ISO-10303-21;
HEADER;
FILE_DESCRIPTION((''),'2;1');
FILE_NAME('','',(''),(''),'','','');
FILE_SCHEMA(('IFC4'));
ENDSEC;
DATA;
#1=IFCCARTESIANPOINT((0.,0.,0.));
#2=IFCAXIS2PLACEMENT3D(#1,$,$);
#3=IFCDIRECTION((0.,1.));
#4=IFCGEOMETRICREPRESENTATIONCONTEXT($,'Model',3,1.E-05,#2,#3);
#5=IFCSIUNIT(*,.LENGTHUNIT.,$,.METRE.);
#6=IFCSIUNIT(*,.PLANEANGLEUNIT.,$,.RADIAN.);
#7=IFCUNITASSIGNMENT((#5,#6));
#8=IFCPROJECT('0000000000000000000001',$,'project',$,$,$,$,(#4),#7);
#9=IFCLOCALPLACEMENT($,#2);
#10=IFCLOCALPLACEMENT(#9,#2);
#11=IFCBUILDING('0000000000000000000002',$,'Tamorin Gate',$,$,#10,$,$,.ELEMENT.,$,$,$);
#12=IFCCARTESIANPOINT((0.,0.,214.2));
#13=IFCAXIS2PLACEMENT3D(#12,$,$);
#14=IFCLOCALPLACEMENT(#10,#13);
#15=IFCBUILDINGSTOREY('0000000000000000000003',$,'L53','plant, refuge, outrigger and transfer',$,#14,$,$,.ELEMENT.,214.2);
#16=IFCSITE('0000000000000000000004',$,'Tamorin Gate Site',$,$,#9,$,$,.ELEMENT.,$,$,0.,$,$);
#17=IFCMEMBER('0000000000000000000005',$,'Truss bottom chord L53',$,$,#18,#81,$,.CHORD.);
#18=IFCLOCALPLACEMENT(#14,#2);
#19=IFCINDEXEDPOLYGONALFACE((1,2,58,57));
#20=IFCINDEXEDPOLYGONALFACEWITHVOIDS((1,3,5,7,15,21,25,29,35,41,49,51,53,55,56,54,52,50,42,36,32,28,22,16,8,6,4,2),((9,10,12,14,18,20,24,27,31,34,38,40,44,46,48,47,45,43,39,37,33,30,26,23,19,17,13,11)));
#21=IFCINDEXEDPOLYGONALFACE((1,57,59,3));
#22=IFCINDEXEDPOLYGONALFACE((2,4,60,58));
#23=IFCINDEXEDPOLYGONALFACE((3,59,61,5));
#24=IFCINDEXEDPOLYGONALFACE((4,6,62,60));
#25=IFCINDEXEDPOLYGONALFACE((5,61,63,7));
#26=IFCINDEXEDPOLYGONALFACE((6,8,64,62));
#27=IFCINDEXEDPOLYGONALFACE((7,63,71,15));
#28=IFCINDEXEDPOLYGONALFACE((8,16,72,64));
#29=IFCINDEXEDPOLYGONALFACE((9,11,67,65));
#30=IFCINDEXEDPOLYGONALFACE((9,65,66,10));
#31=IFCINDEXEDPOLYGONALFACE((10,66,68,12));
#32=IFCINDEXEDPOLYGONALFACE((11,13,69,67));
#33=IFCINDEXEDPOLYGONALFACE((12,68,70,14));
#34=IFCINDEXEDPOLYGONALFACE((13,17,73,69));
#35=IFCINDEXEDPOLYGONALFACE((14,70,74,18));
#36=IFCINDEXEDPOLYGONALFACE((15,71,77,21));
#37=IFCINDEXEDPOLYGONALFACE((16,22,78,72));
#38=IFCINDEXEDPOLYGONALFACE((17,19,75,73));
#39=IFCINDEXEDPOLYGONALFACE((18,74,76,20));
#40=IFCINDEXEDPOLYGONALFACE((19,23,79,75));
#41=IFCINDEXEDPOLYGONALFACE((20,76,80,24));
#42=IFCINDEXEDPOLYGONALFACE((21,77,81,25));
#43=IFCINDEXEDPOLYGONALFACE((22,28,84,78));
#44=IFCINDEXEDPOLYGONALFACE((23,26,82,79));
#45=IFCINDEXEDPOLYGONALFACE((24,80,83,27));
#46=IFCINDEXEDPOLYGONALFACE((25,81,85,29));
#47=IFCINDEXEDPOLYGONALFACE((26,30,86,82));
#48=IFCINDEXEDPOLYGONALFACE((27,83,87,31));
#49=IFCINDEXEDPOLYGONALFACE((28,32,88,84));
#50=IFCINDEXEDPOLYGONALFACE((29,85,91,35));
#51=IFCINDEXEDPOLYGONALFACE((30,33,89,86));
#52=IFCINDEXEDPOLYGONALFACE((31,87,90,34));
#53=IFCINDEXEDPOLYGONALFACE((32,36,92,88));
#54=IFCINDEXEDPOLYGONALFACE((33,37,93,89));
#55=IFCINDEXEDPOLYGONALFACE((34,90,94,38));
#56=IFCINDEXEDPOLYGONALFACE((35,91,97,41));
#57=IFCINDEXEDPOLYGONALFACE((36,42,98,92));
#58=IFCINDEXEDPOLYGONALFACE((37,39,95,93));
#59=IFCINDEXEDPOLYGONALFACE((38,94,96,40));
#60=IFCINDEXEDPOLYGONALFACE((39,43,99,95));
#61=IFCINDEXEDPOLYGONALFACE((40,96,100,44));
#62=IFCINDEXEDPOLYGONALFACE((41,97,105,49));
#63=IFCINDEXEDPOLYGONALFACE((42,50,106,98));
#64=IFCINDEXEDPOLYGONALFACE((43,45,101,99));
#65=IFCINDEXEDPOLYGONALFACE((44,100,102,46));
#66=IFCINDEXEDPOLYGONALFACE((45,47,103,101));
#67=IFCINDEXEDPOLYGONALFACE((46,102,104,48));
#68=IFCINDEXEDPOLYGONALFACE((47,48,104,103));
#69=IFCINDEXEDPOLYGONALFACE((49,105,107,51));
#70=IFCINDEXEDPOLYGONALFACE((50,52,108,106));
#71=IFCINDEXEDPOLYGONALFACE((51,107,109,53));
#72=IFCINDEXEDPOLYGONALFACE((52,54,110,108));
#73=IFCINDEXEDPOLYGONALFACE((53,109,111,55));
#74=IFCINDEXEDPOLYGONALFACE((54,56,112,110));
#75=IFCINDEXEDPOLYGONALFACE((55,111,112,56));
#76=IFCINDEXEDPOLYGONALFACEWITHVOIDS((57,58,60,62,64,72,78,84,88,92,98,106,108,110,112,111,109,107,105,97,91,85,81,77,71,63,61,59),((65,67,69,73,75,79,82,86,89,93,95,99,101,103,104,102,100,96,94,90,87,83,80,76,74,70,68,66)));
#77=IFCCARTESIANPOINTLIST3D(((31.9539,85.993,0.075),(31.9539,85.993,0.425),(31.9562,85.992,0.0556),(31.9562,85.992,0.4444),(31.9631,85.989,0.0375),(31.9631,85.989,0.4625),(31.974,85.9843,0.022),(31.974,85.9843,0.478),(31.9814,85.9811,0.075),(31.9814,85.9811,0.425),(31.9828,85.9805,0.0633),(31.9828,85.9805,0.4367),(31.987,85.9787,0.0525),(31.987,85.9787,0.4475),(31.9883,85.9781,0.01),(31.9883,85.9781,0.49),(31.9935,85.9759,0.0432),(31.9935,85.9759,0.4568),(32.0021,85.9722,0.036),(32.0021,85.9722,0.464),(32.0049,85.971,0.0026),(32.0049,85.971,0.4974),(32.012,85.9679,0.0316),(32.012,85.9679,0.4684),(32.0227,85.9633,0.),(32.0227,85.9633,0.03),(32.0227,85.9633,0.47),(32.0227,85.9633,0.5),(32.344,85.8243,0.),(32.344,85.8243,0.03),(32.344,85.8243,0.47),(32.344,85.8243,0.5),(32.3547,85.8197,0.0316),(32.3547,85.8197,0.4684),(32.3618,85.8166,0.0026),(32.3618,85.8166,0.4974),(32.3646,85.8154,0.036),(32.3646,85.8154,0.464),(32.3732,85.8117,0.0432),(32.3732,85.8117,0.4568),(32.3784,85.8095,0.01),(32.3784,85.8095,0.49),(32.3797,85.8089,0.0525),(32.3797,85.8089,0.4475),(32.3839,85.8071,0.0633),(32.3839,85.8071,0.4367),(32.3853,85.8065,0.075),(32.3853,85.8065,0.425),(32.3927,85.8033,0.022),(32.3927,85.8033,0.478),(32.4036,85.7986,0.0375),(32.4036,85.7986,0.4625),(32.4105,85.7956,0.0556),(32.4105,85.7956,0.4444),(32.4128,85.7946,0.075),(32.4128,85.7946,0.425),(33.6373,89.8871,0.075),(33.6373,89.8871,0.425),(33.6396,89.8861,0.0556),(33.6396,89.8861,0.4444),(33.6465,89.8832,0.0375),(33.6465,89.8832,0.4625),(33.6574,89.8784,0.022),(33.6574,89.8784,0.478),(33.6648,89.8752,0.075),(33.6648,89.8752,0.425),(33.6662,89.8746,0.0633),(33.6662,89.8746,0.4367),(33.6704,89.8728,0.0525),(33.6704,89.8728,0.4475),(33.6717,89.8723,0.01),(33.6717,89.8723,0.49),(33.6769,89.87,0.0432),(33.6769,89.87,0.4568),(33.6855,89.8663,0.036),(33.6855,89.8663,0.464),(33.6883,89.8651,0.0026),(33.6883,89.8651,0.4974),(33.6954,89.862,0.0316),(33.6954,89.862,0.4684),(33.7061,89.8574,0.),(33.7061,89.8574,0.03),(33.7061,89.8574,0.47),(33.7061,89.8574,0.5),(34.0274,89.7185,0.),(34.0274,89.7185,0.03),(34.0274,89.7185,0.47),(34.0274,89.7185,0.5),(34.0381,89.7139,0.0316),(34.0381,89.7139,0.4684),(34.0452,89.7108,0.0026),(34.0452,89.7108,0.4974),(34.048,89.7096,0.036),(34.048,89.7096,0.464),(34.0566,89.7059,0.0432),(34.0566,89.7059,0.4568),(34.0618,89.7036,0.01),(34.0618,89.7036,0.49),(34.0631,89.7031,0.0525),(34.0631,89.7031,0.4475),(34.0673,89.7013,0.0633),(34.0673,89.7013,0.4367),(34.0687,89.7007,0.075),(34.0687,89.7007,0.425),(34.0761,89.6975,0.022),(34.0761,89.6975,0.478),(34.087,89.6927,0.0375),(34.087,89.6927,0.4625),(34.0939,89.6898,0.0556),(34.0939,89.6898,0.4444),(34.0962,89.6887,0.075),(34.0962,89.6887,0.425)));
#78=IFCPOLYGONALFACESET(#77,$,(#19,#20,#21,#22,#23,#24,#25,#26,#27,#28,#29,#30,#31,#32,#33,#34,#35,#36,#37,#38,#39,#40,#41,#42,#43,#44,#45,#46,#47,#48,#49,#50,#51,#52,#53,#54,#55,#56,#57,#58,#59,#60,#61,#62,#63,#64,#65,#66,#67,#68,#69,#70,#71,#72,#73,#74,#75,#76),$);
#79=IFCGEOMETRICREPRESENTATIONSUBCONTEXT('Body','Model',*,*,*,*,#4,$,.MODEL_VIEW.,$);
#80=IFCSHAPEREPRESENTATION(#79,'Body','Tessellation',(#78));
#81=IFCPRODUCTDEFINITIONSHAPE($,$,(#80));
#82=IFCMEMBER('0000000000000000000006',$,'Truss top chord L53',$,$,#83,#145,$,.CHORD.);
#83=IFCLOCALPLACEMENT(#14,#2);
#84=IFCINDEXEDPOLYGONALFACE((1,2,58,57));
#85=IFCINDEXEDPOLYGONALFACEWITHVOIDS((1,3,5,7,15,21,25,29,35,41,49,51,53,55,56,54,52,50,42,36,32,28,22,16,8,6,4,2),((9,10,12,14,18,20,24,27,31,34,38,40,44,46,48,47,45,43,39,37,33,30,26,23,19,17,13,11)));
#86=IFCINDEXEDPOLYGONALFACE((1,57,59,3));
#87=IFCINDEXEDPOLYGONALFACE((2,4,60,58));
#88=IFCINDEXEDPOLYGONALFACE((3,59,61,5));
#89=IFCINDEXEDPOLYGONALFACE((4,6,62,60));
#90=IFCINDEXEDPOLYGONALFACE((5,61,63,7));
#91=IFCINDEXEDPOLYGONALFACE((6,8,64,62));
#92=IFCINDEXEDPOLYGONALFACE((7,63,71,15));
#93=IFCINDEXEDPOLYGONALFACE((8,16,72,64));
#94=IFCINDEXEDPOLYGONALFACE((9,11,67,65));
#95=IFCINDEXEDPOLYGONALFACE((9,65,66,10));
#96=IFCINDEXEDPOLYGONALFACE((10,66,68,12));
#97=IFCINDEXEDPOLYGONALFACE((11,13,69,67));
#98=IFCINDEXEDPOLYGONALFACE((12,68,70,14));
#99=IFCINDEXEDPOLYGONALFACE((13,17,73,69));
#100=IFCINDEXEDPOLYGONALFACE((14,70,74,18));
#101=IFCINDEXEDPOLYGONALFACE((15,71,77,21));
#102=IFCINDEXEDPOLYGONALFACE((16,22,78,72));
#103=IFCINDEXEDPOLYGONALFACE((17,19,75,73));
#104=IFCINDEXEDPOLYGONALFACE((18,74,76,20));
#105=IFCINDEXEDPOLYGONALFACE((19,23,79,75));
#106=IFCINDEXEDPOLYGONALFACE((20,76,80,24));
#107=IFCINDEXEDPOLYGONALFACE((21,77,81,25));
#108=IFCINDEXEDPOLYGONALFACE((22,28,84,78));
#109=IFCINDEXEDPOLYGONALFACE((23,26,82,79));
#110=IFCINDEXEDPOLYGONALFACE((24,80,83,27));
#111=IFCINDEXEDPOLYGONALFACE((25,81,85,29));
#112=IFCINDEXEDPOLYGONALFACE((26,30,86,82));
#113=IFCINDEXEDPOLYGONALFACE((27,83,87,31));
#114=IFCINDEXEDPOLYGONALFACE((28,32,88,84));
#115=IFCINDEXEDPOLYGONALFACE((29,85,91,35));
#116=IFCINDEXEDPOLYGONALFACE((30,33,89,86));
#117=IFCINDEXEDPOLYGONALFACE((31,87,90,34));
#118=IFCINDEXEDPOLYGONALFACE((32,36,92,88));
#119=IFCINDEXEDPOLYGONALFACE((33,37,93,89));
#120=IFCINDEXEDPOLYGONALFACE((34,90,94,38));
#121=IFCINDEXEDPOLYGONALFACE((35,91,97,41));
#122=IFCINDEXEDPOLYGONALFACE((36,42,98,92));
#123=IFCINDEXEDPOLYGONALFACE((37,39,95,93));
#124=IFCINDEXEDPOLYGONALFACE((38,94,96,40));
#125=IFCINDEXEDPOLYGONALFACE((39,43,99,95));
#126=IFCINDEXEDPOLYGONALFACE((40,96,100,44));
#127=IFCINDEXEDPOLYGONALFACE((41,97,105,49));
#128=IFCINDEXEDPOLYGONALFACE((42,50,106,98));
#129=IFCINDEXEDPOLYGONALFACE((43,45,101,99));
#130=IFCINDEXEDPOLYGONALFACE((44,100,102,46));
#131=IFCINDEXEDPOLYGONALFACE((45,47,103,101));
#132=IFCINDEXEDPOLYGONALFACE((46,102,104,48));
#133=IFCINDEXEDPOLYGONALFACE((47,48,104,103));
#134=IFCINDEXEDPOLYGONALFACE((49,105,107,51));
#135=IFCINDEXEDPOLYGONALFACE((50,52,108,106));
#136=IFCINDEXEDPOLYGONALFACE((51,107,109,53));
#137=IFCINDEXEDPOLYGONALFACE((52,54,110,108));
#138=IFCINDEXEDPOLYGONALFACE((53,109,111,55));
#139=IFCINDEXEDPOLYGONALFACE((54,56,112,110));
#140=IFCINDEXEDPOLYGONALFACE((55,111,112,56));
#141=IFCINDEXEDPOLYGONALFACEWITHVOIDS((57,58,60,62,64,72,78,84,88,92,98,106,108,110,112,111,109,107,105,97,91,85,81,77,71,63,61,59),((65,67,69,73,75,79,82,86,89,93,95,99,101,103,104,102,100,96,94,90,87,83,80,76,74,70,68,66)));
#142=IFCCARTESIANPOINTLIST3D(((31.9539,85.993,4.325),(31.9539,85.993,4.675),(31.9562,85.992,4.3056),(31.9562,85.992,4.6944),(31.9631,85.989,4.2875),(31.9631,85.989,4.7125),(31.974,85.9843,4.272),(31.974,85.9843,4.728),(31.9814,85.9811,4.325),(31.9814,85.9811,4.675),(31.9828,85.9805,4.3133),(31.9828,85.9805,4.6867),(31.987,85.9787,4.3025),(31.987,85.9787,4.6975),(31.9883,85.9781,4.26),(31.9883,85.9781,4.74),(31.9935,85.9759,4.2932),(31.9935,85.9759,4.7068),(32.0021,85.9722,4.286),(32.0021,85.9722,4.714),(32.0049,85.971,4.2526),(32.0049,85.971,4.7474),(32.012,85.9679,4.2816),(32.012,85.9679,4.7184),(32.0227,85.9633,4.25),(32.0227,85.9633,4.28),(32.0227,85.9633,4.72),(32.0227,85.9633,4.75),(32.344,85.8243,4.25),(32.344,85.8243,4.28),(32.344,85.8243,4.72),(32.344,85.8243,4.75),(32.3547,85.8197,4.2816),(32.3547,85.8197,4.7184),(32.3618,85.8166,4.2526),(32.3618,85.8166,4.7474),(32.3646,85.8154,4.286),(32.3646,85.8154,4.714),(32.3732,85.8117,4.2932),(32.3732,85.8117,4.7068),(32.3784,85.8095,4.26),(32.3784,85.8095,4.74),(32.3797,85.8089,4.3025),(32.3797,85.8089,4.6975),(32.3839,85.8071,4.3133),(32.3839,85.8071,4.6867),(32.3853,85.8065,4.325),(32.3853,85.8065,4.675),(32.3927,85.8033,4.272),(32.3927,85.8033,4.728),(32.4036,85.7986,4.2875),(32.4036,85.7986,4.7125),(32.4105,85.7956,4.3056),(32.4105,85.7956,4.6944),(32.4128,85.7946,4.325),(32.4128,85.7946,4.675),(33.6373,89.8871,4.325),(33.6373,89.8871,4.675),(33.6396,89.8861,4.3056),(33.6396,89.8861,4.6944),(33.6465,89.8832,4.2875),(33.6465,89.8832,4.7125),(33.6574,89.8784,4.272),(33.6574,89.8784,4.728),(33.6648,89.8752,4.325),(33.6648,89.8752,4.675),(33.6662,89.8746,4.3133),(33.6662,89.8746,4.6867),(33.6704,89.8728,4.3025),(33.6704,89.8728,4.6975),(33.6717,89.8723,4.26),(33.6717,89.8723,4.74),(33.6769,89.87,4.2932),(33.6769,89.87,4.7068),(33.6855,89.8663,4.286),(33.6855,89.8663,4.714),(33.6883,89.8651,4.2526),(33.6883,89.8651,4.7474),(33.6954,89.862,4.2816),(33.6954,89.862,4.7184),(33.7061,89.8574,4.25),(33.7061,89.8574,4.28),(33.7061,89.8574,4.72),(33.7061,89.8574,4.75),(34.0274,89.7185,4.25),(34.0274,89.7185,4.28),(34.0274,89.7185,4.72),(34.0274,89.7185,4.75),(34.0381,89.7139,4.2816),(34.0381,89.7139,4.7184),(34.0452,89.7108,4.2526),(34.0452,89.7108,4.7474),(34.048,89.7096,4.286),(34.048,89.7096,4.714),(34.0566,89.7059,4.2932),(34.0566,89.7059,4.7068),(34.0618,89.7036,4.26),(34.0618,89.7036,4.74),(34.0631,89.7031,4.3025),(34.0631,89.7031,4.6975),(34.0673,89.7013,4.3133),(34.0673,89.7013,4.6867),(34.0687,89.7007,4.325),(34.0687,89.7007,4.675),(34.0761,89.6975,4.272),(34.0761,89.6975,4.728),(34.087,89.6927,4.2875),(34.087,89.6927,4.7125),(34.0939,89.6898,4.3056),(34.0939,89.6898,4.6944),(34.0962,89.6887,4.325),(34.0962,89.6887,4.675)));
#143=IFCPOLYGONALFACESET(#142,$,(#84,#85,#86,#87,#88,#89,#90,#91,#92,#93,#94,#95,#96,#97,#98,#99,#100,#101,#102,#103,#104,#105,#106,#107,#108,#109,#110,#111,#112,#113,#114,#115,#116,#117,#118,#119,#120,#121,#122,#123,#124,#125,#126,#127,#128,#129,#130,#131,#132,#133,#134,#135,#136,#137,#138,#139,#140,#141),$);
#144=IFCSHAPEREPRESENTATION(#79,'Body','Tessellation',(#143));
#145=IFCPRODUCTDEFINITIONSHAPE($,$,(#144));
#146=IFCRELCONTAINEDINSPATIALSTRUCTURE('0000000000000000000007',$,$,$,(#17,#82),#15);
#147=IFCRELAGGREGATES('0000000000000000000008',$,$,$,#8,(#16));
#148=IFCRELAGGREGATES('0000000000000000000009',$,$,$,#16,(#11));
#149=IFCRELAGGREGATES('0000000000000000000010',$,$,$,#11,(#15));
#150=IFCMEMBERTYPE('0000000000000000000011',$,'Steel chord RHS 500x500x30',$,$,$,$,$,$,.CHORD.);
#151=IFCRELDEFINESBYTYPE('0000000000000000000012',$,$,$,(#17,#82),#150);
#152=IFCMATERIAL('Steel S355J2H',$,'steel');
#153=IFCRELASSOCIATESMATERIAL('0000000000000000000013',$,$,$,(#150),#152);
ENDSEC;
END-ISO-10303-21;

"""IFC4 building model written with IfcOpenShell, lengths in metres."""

from ifc_helpers import new_model, si_unit, direction, frame, origin, origin_2d, place, context, subcontext, project, spatial, hollow_rectangle, extrude, material, material_profile, profile_set, type_object, element, save


model = new_model("IFC4")

# Units and contexts
model_context = context("Model", 3, precision=1e-05, world=origin(), true_north=direction((0.0, 1.0)))
body_context = subcontext(model_context, "Body", "Model", "MODEL_VIEW")
ifc_project = project(units=[si_unit("LENGTHUNIT", "METRE"), si_unit("PLANEANGLEUNIT", "RADIAN")], contexts=[model_context])

# Site, building, storey
site_placement = place(None, origin())
site = spatial("IfcSite", under=ifc_project, at=site_placement, Name="Tamorin Gate Site", CompositionType="ELEMENT", RefElevation=0.0)
building_placement = place(site_placement, origin())
building = spatial("IfcBuilding", under=site, at=building_placement, Name="Tamorin Gate", CompositionType="ELEMENT")
storey_placement = place(building_placement, frame((0.0, 0.0, 214.2)))
storey = spatial("IfcBuildingStorey", under=building, at=storey_placement, Name="L53", Description="plant, refuge, outrigger and transfer", CompositionType="ELEMENT", Elevation=214.2)

# Members
ifc_material_1 = material(Name="Steel S355J2H", Category="steel")
ifc_material_profile_1 = material_profile(ifc_material_1, hollow_rectangle(XDim=0.5, YDim=0.5, WallThickness=0.03, InnerFilletRadius=0.0449, OuterFilletRadius=0.075, at=origin_2d()), Name="RHS 500x500x30")
ifc_profile_set_1 = profile_set([ifc_material_profile_1], Name="Steel S355J2H")
member_type_1 = type_object("IfcMemberType", Name="Steel chord RHS 500x500x30", PredefinedType="CHORD", material=ifc_profile_set_1)
for number, where, z_axis, x_axis, name in (
    (1, (32.1833, 85.8938, 0.25), (0.3968, 0.917905, 0.0), (-0.917905, 0.3968, 0.0), "Truss bottom chord L53"),
    (2, (32.1833, 85.8938, 4.5), (0.3968, 0.917905, 0.0), (-0.917905, 0.3968, 0.0), "Truss top chord L53"),
):
    element("IfcMember", number, at=place(storey_placement, frame(where, z_axis=z_axis, x_axis=x_axis)), inside=storey, type_object=member_type_1, Name=name, PredefinedType="CHORD", context=body_context, shape_type="SweptSolid", body=[
        extrude(hollow_rectangle(XDim=0.5, YDim=0.5, WallThickness=0.03, InnerFilletRadius=0.0449, OuterFilletRadius=0.075, at=origin_2d()), origin(), (0.0, 0.0, 1.0), 4.2424),
    ])

save(model, "model.ifc")
